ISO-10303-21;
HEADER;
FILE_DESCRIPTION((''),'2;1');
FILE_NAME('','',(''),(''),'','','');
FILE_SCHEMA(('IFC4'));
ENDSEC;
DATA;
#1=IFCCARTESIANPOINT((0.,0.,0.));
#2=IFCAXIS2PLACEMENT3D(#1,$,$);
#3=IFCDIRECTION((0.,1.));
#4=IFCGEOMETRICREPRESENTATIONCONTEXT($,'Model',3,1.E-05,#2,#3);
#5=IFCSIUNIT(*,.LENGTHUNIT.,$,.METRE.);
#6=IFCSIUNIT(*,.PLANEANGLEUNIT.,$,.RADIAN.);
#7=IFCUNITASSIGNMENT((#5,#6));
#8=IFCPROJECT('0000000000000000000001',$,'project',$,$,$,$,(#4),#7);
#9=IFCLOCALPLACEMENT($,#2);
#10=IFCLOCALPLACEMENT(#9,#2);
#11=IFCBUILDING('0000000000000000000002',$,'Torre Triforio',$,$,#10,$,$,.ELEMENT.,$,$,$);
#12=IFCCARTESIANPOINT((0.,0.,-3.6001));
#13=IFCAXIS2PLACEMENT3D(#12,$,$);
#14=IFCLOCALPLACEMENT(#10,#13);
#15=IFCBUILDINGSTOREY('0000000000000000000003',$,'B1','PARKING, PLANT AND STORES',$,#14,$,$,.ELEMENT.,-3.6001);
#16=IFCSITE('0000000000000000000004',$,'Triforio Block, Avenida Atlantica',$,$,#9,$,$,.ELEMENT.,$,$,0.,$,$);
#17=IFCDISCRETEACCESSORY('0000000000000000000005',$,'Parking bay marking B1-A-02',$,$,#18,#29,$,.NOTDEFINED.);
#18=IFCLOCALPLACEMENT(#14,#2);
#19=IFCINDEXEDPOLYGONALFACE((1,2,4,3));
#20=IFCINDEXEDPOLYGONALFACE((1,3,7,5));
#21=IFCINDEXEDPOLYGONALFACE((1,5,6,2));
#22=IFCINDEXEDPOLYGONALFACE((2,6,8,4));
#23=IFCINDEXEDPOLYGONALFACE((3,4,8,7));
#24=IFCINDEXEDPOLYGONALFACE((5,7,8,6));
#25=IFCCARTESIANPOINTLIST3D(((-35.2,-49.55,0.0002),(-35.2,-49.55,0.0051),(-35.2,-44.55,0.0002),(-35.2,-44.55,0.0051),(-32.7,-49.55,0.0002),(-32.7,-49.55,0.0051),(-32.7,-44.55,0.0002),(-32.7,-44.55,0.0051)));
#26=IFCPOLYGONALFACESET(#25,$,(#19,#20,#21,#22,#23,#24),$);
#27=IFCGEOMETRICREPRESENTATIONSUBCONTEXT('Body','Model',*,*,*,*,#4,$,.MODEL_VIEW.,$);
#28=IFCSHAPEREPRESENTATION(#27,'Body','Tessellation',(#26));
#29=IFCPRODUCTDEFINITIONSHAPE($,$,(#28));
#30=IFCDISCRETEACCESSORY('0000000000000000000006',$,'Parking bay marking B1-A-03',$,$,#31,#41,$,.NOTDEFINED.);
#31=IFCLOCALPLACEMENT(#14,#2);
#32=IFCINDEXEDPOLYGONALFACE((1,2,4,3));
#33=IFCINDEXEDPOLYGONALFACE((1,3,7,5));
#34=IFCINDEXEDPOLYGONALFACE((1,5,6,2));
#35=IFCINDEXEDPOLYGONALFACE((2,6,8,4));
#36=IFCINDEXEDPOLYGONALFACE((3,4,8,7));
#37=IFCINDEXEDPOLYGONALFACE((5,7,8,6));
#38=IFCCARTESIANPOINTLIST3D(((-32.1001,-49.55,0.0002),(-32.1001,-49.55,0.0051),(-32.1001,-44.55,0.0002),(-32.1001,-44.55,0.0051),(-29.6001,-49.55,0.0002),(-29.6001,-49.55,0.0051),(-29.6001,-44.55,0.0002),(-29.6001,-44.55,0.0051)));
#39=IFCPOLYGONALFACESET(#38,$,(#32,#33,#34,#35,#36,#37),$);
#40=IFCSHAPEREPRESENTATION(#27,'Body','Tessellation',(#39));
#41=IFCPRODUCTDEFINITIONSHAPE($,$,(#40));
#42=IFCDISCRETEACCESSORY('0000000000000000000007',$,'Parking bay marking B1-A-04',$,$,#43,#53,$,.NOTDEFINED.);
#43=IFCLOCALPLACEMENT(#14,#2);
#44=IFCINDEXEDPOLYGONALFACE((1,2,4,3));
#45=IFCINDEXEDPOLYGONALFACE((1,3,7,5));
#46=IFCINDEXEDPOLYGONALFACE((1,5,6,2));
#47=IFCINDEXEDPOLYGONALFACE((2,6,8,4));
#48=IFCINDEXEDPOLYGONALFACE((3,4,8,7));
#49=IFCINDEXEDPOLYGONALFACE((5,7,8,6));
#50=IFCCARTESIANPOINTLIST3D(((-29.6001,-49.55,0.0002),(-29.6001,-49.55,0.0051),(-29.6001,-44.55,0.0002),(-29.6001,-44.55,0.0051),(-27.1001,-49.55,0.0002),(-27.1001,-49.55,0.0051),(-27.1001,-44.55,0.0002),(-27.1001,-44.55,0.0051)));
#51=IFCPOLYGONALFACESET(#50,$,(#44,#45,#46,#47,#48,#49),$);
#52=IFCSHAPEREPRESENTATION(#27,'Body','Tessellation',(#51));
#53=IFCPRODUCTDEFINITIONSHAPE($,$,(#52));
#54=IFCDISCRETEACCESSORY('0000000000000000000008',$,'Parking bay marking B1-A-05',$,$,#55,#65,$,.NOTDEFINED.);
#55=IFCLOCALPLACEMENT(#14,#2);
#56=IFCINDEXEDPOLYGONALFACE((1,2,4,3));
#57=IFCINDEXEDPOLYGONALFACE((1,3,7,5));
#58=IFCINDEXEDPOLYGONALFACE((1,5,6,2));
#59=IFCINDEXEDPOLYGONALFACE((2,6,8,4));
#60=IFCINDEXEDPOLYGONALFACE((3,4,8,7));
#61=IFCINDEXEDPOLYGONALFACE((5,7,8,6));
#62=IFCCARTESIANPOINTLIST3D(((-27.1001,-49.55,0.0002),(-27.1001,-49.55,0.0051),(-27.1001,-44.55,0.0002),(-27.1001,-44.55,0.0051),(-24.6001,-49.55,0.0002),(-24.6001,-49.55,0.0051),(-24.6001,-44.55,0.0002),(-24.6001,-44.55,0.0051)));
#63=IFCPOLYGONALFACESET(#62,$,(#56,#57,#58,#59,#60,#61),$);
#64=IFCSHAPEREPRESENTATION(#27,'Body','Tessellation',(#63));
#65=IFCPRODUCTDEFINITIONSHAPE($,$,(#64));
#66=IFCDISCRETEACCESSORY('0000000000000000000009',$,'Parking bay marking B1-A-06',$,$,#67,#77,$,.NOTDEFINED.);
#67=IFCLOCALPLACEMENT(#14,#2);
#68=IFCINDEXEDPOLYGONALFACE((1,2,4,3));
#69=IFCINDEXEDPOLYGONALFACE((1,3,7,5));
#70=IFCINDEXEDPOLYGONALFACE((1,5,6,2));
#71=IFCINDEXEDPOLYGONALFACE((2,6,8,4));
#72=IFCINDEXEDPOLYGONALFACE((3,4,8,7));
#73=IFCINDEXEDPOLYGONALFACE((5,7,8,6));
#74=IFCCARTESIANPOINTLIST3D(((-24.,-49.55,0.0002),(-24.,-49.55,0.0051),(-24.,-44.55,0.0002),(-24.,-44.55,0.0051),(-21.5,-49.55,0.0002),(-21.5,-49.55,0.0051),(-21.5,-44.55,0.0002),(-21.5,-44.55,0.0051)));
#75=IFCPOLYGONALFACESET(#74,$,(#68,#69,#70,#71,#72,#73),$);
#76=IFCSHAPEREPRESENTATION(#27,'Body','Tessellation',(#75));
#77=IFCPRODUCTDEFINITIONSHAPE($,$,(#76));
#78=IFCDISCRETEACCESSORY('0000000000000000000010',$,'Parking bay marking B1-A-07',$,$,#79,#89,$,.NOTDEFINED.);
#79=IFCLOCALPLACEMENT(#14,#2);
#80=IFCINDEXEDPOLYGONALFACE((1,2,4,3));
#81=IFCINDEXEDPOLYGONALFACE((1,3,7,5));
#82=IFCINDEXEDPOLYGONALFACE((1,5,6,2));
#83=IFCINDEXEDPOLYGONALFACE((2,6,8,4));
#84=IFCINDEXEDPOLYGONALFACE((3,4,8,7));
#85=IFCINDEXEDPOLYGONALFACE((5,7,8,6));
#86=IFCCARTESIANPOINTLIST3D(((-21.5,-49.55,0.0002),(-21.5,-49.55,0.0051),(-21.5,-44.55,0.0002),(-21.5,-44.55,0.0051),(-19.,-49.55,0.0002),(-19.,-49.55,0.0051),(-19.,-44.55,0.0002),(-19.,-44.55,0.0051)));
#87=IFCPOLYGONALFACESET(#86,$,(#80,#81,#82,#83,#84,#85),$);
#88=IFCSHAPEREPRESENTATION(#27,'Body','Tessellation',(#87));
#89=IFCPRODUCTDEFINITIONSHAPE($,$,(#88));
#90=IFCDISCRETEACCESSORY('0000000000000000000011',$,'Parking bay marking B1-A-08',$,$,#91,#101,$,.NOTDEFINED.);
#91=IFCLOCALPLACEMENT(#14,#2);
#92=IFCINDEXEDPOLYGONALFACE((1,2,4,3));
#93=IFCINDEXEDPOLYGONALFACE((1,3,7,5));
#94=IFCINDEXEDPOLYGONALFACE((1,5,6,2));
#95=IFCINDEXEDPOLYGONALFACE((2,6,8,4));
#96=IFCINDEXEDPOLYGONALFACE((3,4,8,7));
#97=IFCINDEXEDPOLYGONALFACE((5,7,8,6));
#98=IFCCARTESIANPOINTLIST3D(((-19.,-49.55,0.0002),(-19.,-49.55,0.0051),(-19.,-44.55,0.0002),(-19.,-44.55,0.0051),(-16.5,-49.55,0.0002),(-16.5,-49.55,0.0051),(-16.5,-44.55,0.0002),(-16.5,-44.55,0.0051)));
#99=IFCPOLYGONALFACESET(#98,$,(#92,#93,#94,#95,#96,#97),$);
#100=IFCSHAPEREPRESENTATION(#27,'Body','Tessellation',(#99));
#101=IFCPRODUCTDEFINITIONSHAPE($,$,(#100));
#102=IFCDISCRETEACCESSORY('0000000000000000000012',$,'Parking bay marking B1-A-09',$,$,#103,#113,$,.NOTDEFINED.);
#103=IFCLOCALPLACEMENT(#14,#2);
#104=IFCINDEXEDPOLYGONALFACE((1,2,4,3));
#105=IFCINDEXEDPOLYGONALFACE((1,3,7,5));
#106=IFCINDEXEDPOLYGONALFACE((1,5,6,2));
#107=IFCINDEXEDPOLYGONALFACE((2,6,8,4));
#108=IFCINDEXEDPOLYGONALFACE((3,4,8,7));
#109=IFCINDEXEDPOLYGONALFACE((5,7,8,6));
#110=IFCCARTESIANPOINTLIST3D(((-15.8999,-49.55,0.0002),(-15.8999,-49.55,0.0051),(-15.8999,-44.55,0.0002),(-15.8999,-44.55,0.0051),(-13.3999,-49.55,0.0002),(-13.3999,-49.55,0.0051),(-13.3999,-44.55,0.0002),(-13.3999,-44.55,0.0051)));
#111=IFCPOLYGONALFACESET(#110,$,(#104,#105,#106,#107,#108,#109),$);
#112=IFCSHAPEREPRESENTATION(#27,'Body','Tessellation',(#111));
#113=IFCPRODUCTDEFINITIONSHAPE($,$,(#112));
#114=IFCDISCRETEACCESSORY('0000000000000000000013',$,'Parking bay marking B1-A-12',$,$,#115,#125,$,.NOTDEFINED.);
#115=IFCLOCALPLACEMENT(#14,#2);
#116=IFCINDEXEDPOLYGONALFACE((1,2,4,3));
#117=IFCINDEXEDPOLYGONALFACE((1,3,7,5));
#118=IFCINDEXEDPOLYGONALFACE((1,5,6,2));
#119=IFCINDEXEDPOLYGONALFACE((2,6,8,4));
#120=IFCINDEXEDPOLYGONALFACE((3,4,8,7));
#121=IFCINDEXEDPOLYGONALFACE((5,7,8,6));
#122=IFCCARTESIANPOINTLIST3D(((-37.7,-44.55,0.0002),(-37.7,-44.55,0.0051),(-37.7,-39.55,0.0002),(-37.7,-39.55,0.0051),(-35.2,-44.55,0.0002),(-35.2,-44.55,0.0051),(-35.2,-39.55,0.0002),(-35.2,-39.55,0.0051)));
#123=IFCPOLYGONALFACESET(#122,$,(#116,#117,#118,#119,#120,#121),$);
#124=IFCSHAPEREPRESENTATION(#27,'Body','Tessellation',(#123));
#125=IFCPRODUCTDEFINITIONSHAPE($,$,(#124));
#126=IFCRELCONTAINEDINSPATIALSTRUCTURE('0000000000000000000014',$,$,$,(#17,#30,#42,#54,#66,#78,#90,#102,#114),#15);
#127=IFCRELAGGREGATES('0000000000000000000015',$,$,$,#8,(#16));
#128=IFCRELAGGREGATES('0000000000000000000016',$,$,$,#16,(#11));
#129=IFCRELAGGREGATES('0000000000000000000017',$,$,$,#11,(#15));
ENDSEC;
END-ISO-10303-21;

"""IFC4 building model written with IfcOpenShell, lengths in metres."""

from ifc_helpers import new_model, si_unit, direction, frame, origin, origin_2d, place, context, subcontext, project, spatial, rectangle, extrude, element, save


model = new_model("IFC4")

# Units and contexts
model_context = context("Model", 3, precision=1e-05, world=origin(), true_north=direction((0.0, 1.0)))
body_context = subcontext(model_context, "Body", "Model", "MODEL_VIEW")
ifc_project = project(units=[si_unit("LENGTHUNIT", "METRE"), si_unit("PLANEANGLEUNIT", "RADIAN")], contexts=[model_context])

# Site, building, storey
site_placement = place(None, origin())
site = spatial("IfcSite", under=ifc_project, at=site_placement, Name="Triforio Block, Avenida Atlantica", CompositionType="ELEMENT", RefElevation=0.0)
building_placement = place(site_placement, origin())
building = spatial("IfcBuilding", under=site, at=building_placement, Name="Torre Triforio", CompositionType="ELEMENT")
storey_placement = place(building_placement, frame((0.0, 0.0, -3.6001)))
storey = spatial("IfcBuildingStorey", under=building, at=storey_placement, Name="B1", Description="PARKING, PLANT AND STORES", CompositionType="ELEMENT", Elevation=-3.6001)

# Discrete accessories
for number, where, z_axis, x_axis, name in (
    (1, (-33.95, -47.05, 0.0002), (0.0, 0.0, 1.0), (1.0, 0.0, 0.0), "Parking bay marking B1-A-02"),
    (2, (-30.8501, -47.05, 0.0002), (0.0, 0.0, 1.0), (1.0, 0.0, 0.0), "Parking bay marking B1-A-03"),
    (3, (-28.3501, -47.05, 0.0002), (0.0, 0.0, 1.0), (1.0, 0.0, 0.0), "Parking bay marking B1-A-04"),
    (4, (-25.8501, -47.05, 0.0002), (0.0, 0.0, 1.0), (1.0, 0.0, 0.0), "Parking bay marking B1-A-05"),
    (5, (-22.75, -47.05, 0.0002), (0.0, 0.0, 1.0), (1.0, 0.0, 0.0), "Parking bay marking B1-A-06"),
    (6, (-20.25, -47.05, 0.0002), (0.0, 0.0, 1.0), (1.0, 0.0, 0.0), "Parking bay marking B1-A-07"),
    (7, (-17.75, -47.05, 0.0002), (0.0, 0.0, 1.0), (1.0, 0.0, 0.0), "Parking bay marking B1-A-08"),
    (8, (-14.6499, -47.05, 0.0002), (0.0, 0.0, 1.0), (1.0, 0.0, 0.0), "Parking bay marking B1-A-09"),
    (9, (-36.45, -42.05, 0.0002), (0.0, 0.0, 1.0), (1.0, 0.0, 0.0), "Parking bay marking B1-A-12"),
):
    element("IfcDiscreteAccessory", number, at=place(storey_placement, frame(where, z_axis=z_axis, x_axis=x_axis)), inside=storey, Name=name, PredefinedType="NOTDEFINED", context=body_context, shape_type="SweptSolid", body=[
        extrude(rectangle(XDim=2.5, YDim=5.0, at=origin_2d()), origin(), (0.0, 0.0, 1.0), 0.0049),
    ])

save(model, "model.ifc")
